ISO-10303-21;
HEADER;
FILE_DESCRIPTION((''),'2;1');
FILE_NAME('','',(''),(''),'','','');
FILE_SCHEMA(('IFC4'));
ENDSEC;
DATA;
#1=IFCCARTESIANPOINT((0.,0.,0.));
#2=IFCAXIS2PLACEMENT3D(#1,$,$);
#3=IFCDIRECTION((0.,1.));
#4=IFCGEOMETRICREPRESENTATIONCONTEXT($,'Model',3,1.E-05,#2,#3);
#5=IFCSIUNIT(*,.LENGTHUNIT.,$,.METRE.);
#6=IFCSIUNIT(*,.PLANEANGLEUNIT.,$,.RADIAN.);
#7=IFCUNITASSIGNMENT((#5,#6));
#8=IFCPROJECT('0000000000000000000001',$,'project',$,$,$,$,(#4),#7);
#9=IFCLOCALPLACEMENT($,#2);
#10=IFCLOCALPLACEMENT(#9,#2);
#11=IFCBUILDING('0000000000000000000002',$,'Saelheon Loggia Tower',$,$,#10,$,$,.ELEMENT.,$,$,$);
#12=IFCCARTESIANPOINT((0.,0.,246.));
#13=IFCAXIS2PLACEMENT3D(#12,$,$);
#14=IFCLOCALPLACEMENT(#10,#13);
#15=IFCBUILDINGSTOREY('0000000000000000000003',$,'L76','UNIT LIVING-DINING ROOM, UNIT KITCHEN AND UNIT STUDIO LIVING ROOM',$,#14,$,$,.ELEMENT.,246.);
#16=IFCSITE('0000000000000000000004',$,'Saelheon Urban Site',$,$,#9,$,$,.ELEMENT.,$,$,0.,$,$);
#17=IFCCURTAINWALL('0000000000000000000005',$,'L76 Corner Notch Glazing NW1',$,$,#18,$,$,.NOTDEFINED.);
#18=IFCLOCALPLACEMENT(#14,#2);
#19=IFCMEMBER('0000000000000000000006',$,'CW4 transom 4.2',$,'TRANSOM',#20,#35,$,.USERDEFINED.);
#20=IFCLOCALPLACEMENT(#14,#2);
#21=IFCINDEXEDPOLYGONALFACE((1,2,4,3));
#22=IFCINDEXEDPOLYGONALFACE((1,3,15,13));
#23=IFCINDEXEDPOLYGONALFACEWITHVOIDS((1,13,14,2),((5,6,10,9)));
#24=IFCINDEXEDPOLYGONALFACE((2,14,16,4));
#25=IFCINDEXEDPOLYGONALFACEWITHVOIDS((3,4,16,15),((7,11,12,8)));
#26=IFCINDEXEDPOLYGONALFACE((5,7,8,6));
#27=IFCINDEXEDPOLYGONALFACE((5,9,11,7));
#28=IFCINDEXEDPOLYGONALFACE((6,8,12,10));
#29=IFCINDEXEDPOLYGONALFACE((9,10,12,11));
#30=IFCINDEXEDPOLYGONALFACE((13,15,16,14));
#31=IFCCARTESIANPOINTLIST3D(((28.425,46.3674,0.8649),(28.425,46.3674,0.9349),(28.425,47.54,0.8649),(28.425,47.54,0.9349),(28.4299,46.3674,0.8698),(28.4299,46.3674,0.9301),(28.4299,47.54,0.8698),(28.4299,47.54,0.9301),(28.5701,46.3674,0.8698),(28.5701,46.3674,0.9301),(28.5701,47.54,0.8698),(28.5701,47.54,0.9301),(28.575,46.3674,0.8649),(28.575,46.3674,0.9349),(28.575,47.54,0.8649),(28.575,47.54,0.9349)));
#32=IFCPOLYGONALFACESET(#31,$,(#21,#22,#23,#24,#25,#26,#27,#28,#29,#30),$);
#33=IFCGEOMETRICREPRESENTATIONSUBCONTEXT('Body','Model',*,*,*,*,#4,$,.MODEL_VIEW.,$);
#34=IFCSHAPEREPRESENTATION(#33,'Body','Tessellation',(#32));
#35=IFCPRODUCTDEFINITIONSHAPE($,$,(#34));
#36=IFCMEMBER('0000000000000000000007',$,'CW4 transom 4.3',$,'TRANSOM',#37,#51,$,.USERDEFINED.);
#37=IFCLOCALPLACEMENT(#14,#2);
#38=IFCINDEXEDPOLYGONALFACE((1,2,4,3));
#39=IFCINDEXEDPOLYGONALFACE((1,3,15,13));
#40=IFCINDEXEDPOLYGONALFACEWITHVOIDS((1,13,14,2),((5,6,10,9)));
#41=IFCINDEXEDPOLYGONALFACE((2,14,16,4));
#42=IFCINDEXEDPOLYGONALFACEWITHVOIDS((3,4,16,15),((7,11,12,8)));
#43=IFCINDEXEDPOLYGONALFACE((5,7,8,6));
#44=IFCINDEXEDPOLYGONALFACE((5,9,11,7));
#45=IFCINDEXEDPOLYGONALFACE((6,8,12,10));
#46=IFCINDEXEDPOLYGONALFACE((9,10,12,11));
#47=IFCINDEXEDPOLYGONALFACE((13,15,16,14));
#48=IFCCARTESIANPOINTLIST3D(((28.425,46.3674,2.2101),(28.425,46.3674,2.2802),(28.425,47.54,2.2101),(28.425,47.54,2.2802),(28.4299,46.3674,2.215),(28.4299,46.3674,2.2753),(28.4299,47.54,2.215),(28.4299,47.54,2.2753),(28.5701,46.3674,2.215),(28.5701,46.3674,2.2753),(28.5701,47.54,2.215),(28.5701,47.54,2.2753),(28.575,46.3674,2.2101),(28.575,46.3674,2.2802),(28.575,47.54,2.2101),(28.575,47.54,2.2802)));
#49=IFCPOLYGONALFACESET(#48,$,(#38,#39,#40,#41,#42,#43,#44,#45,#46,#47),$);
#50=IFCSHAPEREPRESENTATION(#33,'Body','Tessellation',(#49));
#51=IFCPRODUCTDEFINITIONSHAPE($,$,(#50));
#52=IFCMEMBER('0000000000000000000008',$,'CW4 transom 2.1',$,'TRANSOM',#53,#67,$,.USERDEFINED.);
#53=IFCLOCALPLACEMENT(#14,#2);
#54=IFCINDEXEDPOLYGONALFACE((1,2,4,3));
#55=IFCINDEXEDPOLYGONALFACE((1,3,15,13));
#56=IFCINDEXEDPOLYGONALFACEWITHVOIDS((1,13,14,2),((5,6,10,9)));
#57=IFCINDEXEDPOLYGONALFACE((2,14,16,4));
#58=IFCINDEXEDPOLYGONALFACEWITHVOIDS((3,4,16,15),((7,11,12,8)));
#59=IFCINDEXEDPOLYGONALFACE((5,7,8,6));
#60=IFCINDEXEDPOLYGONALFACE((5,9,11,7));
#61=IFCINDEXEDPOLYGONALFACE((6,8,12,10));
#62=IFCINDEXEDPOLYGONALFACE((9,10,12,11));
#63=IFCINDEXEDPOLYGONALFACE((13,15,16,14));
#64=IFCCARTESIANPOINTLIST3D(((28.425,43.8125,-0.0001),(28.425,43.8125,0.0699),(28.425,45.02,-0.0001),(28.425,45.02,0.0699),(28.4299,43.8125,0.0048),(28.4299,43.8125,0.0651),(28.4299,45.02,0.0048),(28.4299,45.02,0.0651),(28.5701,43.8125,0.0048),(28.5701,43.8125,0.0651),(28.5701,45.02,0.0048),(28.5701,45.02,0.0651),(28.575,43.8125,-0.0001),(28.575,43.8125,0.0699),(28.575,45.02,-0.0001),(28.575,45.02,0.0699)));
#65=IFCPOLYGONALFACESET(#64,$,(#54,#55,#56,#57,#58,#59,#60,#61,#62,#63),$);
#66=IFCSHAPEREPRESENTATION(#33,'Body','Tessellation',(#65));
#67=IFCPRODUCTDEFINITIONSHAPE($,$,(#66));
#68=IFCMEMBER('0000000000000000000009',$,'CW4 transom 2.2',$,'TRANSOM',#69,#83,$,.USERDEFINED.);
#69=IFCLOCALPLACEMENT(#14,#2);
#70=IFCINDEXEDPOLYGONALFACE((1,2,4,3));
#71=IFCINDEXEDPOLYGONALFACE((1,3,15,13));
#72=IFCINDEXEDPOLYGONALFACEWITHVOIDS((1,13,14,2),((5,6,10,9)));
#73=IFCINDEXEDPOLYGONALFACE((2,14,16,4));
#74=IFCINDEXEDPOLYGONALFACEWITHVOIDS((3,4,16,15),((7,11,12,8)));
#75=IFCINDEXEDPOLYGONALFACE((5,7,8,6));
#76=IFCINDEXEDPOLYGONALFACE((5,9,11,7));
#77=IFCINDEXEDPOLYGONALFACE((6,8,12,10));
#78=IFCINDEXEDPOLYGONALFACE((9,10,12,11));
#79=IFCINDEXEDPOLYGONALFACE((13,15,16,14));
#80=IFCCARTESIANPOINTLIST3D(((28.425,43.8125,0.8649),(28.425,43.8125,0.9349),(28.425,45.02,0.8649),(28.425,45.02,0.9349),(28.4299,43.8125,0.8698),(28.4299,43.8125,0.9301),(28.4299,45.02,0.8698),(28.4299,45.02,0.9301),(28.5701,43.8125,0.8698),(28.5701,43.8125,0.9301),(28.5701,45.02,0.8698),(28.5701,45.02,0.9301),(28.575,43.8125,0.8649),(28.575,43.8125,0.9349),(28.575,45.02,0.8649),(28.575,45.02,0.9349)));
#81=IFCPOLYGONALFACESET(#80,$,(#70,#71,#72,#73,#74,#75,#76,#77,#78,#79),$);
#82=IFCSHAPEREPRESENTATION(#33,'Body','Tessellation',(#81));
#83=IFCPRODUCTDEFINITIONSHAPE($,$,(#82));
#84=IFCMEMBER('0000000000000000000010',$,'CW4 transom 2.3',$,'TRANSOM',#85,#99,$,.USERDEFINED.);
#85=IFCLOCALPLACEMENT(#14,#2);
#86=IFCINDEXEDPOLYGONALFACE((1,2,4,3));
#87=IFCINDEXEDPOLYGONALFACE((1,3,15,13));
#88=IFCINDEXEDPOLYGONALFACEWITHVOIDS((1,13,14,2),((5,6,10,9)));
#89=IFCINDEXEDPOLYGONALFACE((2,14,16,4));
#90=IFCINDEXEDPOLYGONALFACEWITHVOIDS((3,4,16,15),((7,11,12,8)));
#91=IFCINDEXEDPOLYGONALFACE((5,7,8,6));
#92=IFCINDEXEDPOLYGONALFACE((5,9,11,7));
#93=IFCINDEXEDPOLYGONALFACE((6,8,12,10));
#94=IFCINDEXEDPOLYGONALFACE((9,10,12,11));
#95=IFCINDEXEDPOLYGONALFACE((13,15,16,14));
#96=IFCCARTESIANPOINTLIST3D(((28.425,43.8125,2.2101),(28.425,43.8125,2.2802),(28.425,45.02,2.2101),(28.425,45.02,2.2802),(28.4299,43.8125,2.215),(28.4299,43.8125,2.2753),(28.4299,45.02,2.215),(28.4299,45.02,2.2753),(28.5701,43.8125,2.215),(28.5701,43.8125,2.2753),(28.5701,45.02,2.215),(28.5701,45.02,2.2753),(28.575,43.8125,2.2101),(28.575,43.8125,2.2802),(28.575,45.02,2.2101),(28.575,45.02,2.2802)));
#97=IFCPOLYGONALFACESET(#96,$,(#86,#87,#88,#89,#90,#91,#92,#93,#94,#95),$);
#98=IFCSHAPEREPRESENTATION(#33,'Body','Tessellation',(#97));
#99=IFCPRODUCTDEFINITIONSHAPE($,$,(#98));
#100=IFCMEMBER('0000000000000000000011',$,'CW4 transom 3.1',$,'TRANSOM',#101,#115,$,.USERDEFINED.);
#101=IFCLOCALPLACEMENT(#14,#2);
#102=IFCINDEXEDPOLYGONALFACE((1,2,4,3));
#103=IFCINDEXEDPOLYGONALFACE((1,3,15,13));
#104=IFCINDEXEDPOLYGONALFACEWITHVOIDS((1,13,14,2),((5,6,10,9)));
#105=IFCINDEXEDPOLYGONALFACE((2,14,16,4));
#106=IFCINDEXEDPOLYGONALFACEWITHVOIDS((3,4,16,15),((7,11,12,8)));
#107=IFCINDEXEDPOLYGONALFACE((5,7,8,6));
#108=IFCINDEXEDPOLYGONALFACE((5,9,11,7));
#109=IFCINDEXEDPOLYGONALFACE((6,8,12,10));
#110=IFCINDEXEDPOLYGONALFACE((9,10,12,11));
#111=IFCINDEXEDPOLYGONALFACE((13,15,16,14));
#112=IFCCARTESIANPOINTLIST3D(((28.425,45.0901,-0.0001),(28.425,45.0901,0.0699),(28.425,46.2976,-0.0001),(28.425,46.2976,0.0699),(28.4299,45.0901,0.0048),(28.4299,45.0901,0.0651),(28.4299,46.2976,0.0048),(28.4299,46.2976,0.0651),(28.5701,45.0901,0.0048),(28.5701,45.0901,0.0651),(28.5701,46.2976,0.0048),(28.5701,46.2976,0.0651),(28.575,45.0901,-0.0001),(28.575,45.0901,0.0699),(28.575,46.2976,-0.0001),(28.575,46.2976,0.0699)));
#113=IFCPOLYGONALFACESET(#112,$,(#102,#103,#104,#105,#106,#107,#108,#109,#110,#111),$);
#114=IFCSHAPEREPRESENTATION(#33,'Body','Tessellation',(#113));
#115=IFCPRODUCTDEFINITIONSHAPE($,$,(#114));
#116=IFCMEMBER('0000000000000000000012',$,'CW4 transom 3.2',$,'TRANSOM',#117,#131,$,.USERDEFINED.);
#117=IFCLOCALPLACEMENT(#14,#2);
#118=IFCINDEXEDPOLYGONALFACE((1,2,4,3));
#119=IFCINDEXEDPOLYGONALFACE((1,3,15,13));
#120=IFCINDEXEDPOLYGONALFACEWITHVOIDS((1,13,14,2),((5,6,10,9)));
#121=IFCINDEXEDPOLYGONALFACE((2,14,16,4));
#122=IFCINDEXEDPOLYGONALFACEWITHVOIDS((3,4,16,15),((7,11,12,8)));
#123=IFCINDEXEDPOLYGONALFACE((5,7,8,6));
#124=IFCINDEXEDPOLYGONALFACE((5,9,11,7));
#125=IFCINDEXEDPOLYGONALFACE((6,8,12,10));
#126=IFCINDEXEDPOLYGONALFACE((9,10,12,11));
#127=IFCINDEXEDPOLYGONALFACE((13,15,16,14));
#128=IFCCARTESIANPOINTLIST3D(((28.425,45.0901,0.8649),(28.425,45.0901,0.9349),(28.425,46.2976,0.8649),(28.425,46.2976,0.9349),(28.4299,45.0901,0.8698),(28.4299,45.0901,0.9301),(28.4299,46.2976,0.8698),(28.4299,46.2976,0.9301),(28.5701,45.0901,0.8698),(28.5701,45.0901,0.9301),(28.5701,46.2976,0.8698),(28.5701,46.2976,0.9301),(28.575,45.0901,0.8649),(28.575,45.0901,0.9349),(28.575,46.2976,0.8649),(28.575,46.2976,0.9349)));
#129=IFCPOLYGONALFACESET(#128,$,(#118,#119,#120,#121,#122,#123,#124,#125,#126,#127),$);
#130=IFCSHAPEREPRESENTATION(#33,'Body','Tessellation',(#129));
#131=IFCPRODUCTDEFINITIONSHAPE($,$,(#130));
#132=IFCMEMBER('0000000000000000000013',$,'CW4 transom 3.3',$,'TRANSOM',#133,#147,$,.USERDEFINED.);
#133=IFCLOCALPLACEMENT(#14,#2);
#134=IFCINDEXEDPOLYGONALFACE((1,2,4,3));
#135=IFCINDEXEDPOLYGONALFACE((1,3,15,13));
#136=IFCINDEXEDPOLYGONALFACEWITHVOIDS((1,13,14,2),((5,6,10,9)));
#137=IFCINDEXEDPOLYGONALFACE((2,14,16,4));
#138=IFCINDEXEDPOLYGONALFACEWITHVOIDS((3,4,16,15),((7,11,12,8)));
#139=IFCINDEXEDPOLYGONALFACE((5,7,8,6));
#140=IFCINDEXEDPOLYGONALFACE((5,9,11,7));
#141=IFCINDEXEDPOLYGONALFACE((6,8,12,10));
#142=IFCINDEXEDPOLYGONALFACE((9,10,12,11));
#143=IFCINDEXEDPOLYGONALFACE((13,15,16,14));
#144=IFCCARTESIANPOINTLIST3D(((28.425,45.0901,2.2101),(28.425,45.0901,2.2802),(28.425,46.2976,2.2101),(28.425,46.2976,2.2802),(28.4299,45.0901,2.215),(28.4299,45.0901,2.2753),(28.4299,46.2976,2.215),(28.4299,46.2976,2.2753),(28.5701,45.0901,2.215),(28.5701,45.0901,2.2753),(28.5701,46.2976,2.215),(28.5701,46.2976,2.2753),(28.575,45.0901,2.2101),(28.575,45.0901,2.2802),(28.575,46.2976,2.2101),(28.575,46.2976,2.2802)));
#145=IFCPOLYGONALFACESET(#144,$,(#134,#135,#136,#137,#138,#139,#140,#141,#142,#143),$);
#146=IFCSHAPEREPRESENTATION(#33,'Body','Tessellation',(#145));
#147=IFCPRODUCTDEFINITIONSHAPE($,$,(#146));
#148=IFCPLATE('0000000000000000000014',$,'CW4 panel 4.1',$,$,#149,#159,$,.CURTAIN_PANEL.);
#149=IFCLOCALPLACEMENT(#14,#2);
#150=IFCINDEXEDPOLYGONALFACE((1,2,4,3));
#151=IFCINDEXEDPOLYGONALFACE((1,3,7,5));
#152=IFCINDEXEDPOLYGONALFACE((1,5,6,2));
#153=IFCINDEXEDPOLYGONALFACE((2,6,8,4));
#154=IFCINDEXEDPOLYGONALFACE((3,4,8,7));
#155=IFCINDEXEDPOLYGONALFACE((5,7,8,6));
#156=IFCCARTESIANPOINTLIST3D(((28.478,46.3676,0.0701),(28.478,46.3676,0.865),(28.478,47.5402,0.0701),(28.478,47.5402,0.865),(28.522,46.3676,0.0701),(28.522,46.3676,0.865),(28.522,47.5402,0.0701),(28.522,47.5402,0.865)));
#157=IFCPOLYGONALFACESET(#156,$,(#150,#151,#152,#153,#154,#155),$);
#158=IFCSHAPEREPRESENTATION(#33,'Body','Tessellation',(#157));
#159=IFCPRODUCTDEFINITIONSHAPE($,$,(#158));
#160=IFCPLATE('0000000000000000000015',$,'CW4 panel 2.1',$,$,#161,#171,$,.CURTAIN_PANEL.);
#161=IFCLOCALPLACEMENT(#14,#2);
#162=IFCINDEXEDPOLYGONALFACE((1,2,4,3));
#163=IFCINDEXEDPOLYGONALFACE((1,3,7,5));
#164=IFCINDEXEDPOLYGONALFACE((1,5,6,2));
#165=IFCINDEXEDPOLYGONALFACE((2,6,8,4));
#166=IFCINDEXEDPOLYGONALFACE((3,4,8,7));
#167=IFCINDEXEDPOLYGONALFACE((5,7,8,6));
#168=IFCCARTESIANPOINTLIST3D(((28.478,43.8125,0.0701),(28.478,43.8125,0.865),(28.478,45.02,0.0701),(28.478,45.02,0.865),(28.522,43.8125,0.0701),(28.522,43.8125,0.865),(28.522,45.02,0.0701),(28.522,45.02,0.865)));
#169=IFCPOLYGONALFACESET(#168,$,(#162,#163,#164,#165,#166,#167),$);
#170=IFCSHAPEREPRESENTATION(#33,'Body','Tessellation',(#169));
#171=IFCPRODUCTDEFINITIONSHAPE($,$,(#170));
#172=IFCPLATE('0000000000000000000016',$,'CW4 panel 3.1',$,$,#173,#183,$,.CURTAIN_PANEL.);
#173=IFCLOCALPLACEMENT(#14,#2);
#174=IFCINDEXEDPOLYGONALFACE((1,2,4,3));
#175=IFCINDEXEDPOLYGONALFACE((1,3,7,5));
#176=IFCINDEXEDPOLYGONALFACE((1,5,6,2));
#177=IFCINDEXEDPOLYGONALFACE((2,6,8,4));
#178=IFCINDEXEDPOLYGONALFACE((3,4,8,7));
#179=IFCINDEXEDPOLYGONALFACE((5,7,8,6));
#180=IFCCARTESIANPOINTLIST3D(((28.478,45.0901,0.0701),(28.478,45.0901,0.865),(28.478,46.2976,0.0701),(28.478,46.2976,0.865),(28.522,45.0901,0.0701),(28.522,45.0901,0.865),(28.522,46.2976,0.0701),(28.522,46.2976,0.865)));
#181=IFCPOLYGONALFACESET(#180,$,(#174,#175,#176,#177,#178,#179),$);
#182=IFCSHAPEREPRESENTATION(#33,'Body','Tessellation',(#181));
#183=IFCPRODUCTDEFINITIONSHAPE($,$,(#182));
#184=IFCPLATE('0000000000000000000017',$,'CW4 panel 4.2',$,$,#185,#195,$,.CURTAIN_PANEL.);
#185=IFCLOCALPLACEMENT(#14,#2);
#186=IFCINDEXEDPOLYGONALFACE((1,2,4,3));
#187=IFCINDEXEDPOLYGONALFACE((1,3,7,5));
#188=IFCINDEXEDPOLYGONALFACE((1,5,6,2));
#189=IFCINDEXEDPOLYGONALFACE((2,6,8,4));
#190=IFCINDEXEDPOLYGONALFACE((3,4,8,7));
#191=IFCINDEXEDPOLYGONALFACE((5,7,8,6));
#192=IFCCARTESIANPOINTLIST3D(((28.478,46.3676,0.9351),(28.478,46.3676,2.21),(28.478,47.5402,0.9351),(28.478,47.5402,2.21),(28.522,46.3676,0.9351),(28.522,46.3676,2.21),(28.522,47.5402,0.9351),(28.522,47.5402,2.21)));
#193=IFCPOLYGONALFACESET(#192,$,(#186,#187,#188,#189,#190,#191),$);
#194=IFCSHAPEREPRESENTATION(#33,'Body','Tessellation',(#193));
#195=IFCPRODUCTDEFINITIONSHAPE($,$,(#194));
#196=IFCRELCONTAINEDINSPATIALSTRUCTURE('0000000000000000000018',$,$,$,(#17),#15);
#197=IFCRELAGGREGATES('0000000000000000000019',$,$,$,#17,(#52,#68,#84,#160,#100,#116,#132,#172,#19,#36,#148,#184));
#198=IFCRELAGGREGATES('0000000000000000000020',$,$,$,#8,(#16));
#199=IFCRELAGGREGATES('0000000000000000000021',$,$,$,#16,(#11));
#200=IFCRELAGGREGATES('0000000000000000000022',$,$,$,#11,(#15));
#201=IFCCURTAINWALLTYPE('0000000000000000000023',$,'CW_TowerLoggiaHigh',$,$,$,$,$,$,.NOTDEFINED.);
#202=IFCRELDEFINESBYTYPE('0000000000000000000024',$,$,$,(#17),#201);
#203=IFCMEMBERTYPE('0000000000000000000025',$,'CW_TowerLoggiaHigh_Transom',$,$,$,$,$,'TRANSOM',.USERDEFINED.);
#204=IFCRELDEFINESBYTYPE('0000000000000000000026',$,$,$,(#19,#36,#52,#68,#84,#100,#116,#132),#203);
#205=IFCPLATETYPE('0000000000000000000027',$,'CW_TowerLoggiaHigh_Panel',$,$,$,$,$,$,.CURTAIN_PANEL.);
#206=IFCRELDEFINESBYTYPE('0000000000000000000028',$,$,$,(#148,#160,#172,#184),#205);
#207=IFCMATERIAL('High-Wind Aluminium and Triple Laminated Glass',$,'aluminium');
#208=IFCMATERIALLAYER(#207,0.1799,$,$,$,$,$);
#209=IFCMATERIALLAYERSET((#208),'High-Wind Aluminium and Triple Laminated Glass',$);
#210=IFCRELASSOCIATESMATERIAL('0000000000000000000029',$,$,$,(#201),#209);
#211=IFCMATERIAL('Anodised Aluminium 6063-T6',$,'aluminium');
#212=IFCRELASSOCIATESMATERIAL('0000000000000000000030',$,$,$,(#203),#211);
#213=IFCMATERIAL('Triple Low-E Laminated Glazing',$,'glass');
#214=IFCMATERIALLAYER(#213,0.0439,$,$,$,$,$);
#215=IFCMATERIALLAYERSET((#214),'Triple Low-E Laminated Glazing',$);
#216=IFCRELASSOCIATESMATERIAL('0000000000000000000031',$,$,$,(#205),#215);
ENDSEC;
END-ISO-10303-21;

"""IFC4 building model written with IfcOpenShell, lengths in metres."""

from ifc_helpers import new_model, si_unit, direction, frame, origin, origin_2d, place, context, subcontext, project, spatial, rectangle, hollow_rectangle, extrude, source, transform, mapped, material, layer, layer_set, material_profile, profile_set, type_object, element, aggregate, save


model = new_model("IFC4")

# Units and contexts
model_context = context("Model", 3, precision=1e-05, world=origin(), true_north=direction((0.0, 1.0)))
body_context = subcontext(model_context, "Body", "Model", "MODEL_VIEW")
ifc_project = project(units=[si_unit("LENGTHUNIT", "METRE"), si_unit("PLANEANGLEUNIT", "RADIAN")], contexts=[model_context])

# Site, building, storey
site_placement = place(None, origin())
site = spatial("IfcSite", under=ifc_project, at=site_placement, Name="Saelheon Urban Site", CompositionType="ELEMENT", RefElevation=0.0)
building_placement = place(site_placement, origin())
building = spatial("IfcBuilding", under=site, at=building_placement, Name="Saelheon Loggia Tower", CompositionType="ELEMENT")
storey_placement = place(building_placement, frame((0.0, 0.0, 246.0)))
storey = spatial("IfcBuildingStorey", under=building, at=storey_placement, Name="L76", Description="UNIT LIVING-DINING ROOM, UNIT KITCHEN AND UNIT STUDIO LIVING ROOM", CompositionType="ELEMENT", Elevation=246.0)

# Curtain wall, members, plates
ifc_material_1 = material(Name="High-Wind Aluminium and Triple Laminated Glass", Category="aluminium")
ifc_layer_1 = layer(ifc_material_1, 0.1799)
ifc_layer_set_1 = layer_set([ifc_layer_1], Name="High-Wind Aluminium and Triple Laminated Glass")
curtain_wall_type = type_object("IfcCurtainWallType", Name="CW_TowerLoggiaHigh", PredefinedType="NOTDEFINED", material=ifc_layer_set_1)
curtain_wall_placement = place(storey_placement, origin())
curtain_wall = element("IfcCurtainWall", 1, at=curtain_wall_placement, inside=storey, type_object=curtain_wall_type, Name="L76 Corner Notch Glazing NW1", PredefinedType="NOTDEFINED")
ifc_material_2 = material(Name="Anodised Aluminium 6063-T6", Category="aluminium")
ifc_material_profile_1 = material_profile(ifc_material_2, hollow_rectangle(XDim=0.0701, YDim=0.1499, WallThickness=0.0049, at=origin_2d()), Name="RHS-150x70x5")
ifc_profile_set_1 = profile_set([ifc_material_profile_1], Name="Anodised Aluminium 6063-T6")
member_type_1 = type_object("IfcMemberType", Name="CW_TowerLoggiaHigh_Transom", ElementType="TRANSOM", PredefinedType="USERDEFINED", material=ifc_profile_set_1)
shared_shape_1 = source(origin(), body_context, "Body", "SweptSolid", [
    extrude(hollow_rectangle(XDim=0.0701, YDim=0.1499, WallThickness=0.0049, at=origin_2d()), origin(), (0.0, 0.0, 1.0), 1.1726),
])
member_1_placement = place(storey_placement, frame((28.5, 46.3674, 0.8999), z_axis=(0.0, 1.0, 0.0), x_axis=(0.0, 0.0, 1.0)))
member_1 = element("IfcMember", 2, at=member_1_placement, type_object=member_type_1, Name="CW4 transom 4.2", ObjectType="TRANSOM", PredefinedType="USERDEFINED", context=body_context, shape_type="MappedRepresentation", body=[
    mapped(shared_shape_1, transform((0.0, 0.0, 0.0), scale=1.0)),
])
member_2_placement = place(storey_placement, frame((28.5, 46.3674, 2.2451), z_axis=(0.0, 1.0, 0.0), x_axis=(0.0, 0.0, 1.0)))
member_2 = element("IfcMember", 3, at=member_2_placement, type_object=member_type_1, Name="CW4 transom 4.3", ObjectType="TRANSOM", PredefinedType="USERDEFINED", context=body_context, shape_type="MappedRepresentation", body=[
    mapped(shared_shape_1, transform((0.0, 0.0, 0.0), scale=1.0)),
])
shared_shape_2 = source(origin(), body_context, "Body", "SweptSolid", [
    extrude(hollow_rectangle(XDim=0.0701, YDim=0.1499, WallThickness=0.0049, at=origin_2d()), origin(), (0.0, 0.0, 1.0), 1.2075),
])
member_3_placement = place(storey_placement, frame((28.5, 43.8125, 0.0349), z_axis=(0.0, 1.0, 0.0), x_axis=(0.0, 0.0, 1.0)))
member_3 = element("IfcMember", 4, at=member_3_placement, type_object=member_type_1, Name="CW4 transom 2.1", ObjectType="TRANSOM", PredefinedType="USERDEFINED", context=body_context, shape_type="MappedRepresentation", body=[
    mapped(shared_shape_2, transform((0.0, 0.0, 0.0), scale=1.0)),
])
member_4_placement = place(storey_placement, frame((28.5, 43.8125, 0.8999), z_axis=(0.0, 1.0, 0.0), x_axis=(0.0, 0.0, 1.0)))
member_4 = element("IfcMember", 5, at=member_4_placement, type_object=member_type_1, Name="CW4 transom 2.2", ObjectType="TRANSOM", PredefinedType="USERDEFINED", context=body_context, shape_type="MappedRepresentation", body=[
    mapped(shared_shape_2, transform((0.0, 0.0, 0.0), scale=1.0)),
])
member_5_placement = place(storey_placement, frame((28.5, 43.8125, 2.2451), z_axis=(0.0, 1.0, 0.0), x_axis=(0.0, 0.0, 1.0)))
member_5 = element("IfcMember", 6, at=member_5_placement, type_object=member_type_1, Name="CW4 transom 2.3", ObjectType="TRANSOM", PredefinedType="USERDEFINED", context=body_context, shape_type="MappedRepresentation", body=[
    mapped(shared_shape_2, transform((0.0, 0.0, 0.0), scale=1.0)),
])
member_6_placement = place(storey_placement, frame((28.5, 45.0901, 0.0349), z_axis=(0.0, 1.0, 0.0), x_axis=(0.0, 0.0, 1.0)))
member_6 = element("IfcMember", 7, at=member_6_placement, type_object=member_type_1, Name="CW4 transom 3.1", ObjectType="TRANSOM", PredefinedType="USERDEFINED", context=body_context, shape_type="MappedRepresentation", body=[
    mapped(shared_shape_2, transform((0.0, 0.0, 0.0), scale=1.0)),
])
member_7_placement = place(storey_placement, frame((28.5, 45.0901, 0.8999), z_axis=(0.0, 1.0, 0.0), x_axis=(0.0, 0.0, 1.0)))
member_7 = element("IfcMember", 8, at=member_7_placement, type_object=member_type_1, Name="CW4 transom 3.2", ObjectType="TRANSOM", PredefinedType="USERDEFINED", context=body_context, shape_type="MappedRepresentation", body=[
    mapped(shared_shape_2, transform((0.0, 0.0, 0.0), scale=1.0)),
])
member_8_placement = place(storey_placement, frame((28.5, 45.0901, 2.2451), z_axis=(0.0, 1.0, 0.0), x_axis=(0.0, 0.0, 1.0)))
member_8 = element("IfcMember", 9, at=member_8_placement, type_object=member_type_1, Name="CW4 transom 3.3", ObjectType="TRANSOM", PredefinedType="USERDEFINED", context=body_context, shape_type="MappedRepresentation", body=[
    mapped(shared_shape_2, transform((0.0, 0.0, 0.0), scale=1.0)),
])
ifc_material_3 = material(Name="Triple Low-E Laminated Glazing", Category="glass")
ifc_layer_2 = layer(ifc_material_3, 0.0439)
ifc_layer_set_2 = layer_set([ifc_layer_2], Name="Triple Low-E Laminated Glazing")
plate_type = type_object("IfcPlateType", Name="CW_TowerLoggiaHigh_Panel", PredefinedType="CURTAIN_PANEL", material=ifc_layer_set_2)
shared_shape_3 = source(origin(), body_context, "Body", "SweptSolid", [
    extrude(rectangle(XDim=1.1726, YDim=0.0439, at=origin_2d()), origin(), (0.0, 0.0, 1.0), 0.7949),
])
plate_1_placement = place(storey_placement, frame((28.5, 46.9539, 0.0701), z_axis=(0.0, 0.0, 1.0), x_axis=(0.0, 1.0, 0.0)))
plate_1 = element("IfcPlate", 10, at=plate_1_placement, type_object=plate_type, Name="CW4 panel 4.1", PredefinedType="CURTAIN_PANEL", context=body_context, shape_type="MappedRepresentation", body=[
    mapped(shared_shape_3, transform((0.0, 0.0, 0.0), scale=1.0)),
])
shared_shape_4 = source(origin(), body_context, "Body", "SweptSolid", [
    extrude(rectangle(XDim=1.2075, YDim=0.0439, at=origin_2d()), origin(), (0.0, 0.0, 1.0), 0.7949),
])
plate_2_placement = place(storey_placement, frame((28.5, 44.4163, 0.0701), z_axis=(0.0, 0.0, 1.0), x_axis=(0.0, 1.0, 0.0)))
plate_2 = element("IfcPlate", 11, at=plate_2_placement, type_object=plate_type, Name="CW4 panel 2.1", PredefinedType="CURTAIN_PANEL", context=body_context, shape_type="MappedRepresentation", body=[
    mapped(shared_shape_4, transform((0.0, 0.0, 0.0), scale=1.0)),
])
plate_3_placement = place(storey_placement, frame((28.5, 45.6938, 0.0701), z_axis=(0.0, 0.0, 1.0), x_axis=(0.0, 1.0, 0.0)))
plate_3 = element("IfcPlate", 12, at=plate_3_placement, type_object=plate_type, Name="CW4 panel 3.1", PredefinedType="CURTAIN_PANEL", context=body_context, shape_type="MappedRepresentation", body=[
    mapped(shared_shape_4, transform((0.0, 0.0, 0.0), scale=1.0)),
])
shared_shape_5 = source(origin(), body_context, "Body", "SweptSolid", [
    extrude(rectangle(XDim=1.1726, YDim=0.0439, at=origin_2d()), origin(), (0.0, 0.0, 1.0), 1.2749),
])
plate_4_placement = place(storey_placement, frame((28.5, 46.9539, 0.9351), z_axis=(0.0, 0.0, 1.0), x_axis=(0.0, 1.0, 0.0)))
plate_4 = element("IfcPlate", 13, at=plate_4_placement, type_object=plate_type, Name="CW4 panel 4.2", PredefinedType="CURTAIN_PANEL", context=body_context, shape_type="MappedRepresentation", body=[
    mapped(shared_shape_5, transform((0.0, 0.0, 0.0), scale=1.0)),
])
aggregate(curtain_wall, [member_3, member_4, member_5, plate_2, member_6, member_7, member_8, plate_3, member_1, member_2, plate_1, plate_4])

save(model, "model.ifc")
